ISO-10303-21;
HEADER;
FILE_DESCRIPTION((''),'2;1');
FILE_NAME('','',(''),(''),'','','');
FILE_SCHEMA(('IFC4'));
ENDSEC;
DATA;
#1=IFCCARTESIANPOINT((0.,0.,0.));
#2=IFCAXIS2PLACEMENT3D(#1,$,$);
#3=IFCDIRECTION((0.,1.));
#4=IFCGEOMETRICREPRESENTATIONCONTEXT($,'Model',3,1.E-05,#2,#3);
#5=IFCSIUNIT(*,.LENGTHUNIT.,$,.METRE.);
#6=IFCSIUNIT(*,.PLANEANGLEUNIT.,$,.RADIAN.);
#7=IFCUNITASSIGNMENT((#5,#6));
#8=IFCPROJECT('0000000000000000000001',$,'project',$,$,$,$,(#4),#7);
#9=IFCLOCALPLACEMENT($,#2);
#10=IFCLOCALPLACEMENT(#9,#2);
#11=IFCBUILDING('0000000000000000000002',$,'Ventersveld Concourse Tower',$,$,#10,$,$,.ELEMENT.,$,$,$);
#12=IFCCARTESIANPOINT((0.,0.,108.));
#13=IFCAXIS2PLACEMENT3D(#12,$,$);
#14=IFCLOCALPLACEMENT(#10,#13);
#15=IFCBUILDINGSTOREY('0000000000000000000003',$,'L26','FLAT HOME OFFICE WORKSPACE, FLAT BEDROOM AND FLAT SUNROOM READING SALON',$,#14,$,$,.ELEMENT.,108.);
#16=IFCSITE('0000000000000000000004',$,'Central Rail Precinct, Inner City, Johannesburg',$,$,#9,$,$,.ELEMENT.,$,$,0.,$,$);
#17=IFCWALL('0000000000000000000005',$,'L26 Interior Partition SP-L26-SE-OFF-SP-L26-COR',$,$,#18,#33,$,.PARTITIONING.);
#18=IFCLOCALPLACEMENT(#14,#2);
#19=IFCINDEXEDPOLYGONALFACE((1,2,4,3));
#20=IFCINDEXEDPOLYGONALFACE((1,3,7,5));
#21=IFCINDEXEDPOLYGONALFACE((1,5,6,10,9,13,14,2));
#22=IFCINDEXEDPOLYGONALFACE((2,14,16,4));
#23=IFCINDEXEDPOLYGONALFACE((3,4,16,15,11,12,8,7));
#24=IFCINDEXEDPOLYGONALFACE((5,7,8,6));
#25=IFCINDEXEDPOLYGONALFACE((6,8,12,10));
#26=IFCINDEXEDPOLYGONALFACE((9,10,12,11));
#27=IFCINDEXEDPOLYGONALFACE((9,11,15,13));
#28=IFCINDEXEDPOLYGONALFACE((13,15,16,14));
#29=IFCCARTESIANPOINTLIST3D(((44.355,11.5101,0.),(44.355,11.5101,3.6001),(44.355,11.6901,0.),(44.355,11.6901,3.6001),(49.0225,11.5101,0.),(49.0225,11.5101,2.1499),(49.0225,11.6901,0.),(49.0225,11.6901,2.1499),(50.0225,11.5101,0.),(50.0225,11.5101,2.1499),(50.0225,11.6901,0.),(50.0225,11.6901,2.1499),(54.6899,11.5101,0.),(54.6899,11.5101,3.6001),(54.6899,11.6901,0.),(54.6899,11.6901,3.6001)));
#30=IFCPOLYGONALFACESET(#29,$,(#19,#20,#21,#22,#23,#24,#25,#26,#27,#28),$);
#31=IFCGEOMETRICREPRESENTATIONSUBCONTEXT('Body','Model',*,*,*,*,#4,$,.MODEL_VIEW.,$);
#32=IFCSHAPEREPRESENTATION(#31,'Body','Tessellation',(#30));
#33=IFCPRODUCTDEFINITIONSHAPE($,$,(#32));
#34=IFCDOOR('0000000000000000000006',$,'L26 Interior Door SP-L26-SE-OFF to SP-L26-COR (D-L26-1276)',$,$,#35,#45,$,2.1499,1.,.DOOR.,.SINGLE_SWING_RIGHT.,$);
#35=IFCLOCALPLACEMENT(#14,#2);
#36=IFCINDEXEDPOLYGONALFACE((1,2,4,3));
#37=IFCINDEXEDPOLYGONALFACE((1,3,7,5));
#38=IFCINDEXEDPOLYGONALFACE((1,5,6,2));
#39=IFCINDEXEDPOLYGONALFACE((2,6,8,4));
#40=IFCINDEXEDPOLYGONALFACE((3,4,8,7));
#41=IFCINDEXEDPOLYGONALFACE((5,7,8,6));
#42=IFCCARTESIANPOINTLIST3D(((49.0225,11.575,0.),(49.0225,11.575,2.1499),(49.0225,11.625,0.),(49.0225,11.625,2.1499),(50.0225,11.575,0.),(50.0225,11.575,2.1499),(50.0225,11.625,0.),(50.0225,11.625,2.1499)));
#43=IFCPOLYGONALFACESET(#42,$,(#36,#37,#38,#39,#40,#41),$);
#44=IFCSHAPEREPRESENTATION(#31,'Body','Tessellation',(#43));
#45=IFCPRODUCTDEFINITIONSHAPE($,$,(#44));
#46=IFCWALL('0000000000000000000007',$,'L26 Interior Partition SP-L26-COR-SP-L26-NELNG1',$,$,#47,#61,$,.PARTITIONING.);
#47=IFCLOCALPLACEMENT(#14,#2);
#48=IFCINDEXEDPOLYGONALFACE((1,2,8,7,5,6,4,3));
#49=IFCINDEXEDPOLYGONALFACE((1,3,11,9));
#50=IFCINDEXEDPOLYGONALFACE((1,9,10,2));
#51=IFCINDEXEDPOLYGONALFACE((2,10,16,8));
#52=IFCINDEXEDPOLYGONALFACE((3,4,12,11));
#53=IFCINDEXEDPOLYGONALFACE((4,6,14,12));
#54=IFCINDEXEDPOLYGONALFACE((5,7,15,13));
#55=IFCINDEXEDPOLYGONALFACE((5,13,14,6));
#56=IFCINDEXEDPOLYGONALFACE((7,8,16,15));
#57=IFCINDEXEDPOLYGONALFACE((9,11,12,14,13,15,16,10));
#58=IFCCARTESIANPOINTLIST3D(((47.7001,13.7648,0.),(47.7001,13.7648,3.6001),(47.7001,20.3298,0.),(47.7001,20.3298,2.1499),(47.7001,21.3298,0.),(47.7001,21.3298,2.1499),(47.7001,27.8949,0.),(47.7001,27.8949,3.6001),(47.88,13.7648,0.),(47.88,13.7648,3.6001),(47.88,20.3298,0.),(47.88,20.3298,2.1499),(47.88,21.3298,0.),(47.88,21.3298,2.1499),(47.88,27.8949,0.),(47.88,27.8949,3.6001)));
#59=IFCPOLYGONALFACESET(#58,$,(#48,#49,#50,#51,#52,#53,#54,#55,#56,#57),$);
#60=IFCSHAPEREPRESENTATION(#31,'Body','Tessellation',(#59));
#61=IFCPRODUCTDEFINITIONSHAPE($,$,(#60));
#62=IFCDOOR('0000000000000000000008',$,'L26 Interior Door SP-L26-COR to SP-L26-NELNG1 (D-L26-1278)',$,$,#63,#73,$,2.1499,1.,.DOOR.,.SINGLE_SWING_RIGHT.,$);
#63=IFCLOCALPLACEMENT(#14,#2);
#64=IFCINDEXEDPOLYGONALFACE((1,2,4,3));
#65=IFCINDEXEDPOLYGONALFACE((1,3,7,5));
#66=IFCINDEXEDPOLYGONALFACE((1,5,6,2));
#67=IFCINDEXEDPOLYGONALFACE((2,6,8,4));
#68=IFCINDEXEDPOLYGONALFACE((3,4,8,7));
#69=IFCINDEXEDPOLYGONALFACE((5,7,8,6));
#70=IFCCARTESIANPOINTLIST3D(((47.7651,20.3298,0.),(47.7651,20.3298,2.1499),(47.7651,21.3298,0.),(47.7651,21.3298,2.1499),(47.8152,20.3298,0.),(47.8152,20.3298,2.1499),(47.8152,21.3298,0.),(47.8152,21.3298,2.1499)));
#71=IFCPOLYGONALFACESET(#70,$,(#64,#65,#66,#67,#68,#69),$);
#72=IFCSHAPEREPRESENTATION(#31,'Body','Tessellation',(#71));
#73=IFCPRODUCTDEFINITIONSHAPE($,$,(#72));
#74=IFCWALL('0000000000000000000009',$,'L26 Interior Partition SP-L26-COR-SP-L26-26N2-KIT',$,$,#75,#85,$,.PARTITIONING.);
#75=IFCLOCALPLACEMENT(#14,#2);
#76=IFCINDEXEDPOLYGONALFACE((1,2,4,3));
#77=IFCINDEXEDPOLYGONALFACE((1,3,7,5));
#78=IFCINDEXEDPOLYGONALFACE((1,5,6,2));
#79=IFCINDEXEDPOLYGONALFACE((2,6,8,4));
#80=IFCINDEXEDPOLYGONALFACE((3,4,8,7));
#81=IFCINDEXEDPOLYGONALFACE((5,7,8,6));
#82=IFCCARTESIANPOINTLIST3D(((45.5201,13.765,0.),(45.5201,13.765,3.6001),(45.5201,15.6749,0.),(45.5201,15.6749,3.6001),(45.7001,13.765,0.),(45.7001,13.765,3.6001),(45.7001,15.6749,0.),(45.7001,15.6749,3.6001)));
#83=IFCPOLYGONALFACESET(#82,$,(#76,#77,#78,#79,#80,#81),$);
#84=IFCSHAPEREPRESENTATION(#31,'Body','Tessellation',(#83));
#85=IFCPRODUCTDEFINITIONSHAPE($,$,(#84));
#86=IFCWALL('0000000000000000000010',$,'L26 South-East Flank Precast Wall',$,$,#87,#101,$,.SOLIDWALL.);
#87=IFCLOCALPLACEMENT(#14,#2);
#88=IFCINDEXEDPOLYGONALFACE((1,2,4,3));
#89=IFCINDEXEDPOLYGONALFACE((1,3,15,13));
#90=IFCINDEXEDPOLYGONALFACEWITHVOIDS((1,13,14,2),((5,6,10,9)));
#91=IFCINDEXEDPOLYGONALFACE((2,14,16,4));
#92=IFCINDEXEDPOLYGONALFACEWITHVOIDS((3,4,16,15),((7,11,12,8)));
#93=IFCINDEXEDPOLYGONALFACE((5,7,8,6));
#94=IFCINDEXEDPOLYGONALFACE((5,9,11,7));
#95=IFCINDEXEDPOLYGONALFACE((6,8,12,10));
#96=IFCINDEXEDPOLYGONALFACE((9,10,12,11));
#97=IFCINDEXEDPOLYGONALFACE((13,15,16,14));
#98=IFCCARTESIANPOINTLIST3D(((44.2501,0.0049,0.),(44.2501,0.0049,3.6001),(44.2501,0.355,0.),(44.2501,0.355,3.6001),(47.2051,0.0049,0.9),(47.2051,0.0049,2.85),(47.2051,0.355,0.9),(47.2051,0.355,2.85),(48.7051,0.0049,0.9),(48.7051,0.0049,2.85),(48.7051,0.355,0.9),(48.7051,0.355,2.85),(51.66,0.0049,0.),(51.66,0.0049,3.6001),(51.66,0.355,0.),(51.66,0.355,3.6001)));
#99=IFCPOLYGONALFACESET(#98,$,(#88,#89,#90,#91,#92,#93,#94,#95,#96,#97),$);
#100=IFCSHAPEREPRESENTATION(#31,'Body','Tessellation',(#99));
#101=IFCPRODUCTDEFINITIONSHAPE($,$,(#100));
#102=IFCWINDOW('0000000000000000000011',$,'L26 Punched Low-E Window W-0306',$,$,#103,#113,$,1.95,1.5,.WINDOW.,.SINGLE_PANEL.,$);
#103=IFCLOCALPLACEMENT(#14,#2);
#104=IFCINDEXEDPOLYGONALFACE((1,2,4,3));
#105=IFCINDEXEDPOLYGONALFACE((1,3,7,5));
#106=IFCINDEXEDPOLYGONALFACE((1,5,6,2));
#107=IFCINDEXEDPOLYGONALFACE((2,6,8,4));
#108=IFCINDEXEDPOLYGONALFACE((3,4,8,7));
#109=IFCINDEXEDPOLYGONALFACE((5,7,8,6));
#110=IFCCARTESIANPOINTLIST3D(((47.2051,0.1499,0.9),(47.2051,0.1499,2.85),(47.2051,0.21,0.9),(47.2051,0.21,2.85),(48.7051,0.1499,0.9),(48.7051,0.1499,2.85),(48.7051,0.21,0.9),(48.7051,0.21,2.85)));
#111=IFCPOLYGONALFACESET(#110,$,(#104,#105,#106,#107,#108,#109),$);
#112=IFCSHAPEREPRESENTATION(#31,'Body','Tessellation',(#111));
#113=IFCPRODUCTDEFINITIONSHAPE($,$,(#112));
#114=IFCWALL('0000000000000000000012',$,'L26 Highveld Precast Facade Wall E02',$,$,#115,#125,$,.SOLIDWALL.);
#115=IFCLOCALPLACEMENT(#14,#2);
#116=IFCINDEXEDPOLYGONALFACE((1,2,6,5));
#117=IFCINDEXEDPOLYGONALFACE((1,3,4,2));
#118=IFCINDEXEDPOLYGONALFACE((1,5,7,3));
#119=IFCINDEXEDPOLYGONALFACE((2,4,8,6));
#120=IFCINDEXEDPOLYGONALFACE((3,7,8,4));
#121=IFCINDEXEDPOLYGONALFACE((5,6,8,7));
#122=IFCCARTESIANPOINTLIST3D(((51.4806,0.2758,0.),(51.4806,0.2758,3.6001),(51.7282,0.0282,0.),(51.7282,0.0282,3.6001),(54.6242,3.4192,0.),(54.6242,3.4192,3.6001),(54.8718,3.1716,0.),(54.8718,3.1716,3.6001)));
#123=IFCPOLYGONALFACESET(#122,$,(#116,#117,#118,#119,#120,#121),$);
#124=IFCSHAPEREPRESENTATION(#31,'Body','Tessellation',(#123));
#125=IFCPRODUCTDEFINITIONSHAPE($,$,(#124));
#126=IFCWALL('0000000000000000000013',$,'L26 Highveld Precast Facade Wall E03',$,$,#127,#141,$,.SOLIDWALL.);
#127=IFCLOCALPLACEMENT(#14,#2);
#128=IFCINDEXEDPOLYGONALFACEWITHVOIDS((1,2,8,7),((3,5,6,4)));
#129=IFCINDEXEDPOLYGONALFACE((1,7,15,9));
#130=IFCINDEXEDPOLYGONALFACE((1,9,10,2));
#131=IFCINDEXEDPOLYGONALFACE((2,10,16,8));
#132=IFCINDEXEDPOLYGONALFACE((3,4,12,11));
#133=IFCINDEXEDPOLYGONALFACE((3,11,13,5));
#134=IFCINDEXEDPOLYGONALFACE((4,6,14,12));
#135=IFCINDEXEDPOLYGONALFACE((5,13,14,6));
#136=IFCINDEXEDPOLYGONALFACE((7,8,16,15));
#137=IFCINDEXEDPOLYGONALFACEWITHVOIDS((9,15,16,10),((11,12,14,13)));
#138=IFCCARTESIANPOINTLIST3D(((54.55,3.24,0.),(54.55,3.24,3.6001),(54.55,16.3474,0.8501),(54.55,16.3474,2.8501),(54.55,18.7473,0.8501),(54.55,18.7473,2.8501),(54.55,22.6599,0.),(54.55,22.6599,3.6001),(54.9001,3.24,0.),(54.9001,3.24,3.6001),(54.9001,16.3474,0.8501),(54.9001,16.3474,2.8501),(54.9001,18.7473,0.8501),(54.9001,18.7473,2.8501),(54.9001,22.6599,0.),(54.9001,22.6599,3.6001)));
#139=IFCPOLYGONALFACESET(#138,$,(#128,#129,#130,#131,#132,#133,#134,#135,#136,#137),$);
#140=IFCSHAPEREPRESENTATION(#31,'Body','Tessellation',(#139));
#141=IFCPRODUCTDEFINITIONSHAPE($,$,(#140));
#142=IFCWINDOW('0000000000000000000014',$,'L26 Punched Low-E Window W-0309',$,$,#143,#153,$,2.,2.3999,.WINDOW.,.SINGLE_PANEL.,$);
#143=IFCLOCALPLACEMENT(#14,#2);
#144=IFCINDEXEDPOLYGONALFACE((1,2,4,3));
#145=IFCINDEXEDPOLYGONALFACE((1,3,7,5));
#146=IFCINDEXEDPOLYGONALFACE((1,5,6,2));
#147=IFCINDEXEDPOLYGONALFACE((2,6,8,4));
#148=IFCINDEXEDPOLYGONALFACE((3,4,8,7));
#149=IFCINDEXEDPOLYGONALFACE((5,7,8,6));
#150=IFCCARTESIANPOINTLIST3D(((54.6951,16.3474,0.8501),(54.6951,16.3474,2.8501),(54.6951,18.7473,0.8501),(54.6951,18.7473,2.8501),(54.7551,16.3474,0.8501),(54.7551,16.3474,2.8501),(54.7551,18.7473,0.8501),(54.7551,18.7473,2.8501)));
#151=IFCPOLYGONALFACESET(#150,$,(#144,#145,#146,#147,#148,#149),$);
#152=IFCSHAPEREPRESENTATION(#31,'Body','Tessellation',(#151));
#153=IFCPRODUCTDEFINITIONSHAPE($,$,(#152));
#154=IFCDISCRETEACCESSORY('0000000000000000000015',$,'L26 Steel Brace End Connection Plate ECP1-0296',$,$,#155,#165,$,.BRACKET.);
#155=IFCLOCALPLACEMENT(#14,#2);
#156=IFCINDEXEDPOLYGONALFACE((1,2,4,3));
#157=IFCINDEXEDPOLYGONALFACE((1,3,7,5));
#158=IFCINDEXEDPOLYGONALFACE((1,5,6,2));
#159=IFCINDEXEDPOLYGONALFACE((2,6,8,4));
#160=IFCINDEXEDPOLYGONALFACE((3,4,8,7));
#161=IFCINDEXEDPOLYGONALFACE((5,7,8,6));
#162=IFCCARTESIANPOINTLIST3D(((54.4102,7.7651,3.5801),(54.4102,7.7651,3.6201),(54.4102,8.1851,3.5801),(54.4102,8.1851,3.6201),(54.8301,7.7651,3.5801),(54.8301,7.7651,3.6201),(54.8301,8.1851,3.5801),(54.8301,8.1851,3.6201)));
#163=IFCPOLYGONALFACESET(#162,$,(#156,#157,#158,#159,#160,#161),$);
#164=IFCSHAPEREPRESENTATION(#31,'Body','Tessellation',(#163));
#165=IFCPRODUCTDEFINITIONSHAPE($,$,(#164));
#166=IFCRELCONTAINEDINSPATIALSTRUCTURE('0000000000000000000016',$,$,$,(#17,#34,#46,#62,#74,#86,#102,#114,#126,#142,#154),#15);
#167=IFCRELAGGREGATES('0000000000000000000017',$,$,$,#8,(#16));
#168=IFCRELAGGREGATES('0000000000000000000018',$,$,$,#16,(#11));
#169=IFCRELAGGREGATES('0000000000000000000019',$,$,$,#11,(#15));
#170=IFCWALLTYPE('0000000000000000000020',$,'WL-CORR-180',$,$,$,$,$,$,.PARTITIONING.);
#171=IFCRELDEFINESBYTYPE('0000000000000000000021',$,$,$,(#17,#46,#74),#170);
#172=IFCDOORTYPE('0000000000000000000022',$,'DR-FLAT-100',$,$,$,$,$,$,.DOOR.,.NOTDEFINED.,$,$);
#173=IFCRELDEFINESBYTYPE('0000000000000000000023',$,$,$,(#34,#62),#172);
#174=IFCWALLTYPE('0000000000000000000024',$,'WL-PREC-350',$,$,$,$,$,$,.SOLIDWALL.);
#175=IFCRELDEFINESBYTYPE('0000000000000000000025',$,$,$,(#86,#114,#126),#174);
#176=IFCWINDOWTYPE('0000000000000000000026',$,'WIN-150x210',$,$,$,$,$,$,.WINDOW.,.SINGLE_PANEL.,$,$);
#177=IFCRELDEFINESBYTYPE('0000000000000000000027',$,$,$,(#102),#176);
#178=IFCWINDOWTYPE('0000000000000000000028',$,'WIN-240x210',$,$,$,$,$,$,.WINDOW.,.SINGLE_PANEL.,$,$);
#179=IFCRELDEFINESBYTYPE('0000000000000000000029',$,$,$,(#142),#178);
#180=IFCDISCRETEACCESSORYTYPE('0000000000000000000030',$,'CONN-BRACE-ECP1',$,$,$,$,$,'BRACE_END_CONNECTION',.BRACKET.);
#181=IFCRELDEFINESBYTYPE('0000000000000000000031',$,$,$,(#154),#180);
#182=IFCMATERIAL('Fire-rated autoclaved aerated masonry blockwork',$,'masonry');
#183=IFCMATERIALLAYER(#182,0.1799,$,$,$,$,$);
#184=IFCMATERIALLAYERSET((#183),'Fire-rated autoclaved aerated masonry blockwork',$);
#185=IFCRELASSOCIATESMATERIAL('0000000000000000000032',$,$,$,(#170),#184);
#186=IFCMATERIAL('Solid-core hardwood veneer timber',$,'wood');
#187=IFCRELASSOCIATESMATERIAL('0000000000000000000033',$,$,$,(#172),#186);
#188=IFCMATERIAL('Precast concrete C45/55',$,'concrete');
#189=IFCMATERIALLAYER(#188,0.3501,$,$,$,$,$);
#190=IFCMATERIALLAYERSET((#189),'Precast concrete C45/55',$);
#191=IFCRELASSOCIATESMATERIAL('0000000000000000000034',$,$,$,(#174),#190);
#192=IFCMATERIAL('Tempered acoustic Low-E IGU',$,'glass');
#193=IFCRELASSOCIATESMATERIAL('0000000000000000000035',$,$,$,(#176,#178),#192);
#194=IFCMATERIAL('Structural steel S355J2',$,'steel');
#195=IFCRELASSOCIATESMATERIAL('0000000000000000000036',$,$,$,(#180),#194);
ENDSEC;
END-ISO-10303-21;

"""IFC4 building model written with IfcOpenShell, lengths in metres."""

from ifc_helpers import new_model, si_unit, direction, frame, frame_2d, origin, origin_2d, place, context, subcontext, project, spatial, rectangle, extrude, material, layer, layer_set, type_object, element, fill, save


model = new_model("IFC4")

# Units and contexts
model_context = context("Model", 3, precision=1e-05, world=origin(), true_north=direction((0.0, 1.0)))
body_context = subcontext(model_context, "Body", "Model", "MODEL_VIEW")
ifc_project = project(units=[si_unit("LENGTHUNIT", "METRE"), si_unit("PLANEANGLEUNIT", "RADIAN")], contexts=[model_context])

# Site, building, storey
site_placement = place(None, origin())
site = spatial("IfcSite", under=ifc_project, at=site_placement, Name="Central Rail Precinct, Inner City, Johannesburg", CompositionType="ELEMENT", RefElevation=0.0)
building_placement = place(site_placement, origin())
building = spatial("IfcBuilding", under=site, at=building_placement, Name="Ventersveld Concourse Tower", CompositionType="ELEMENT")
storey_placement = place(building_placement, frame((0.0, 0.0, 108.0)))
storey = spatial("IfcBuildingStorey", under=building, at=storey_placement, Name="L26", Description="FLAT HOME OFFICE WORKSPACE, FLAT BEDROOM AND FLAT SUNROOM READING SALON", CompositionType="ELEMENT", Elevation=108.0)

# Shared definitions
ifc_material_1 = material(Name="Structural steel S355J2", Category="steel")

# Walls, openings, doors
ifc_material_2 = material(Name="Fire-rated autoclaved aerated masonry blockwork", Category="masonry")
ifc_layer_1 = layer(ifc_material_2, 0.1799)
ifc_layer_set_1 = layer_set([ifc_layer_1], Name="Fire-rated autoclaved aerated masonry blockwork")
wall_type_1 = type_object("IfcWallType", Name="WL-CORR-180", PredefinedType="PARTITIONING", material=ifc_layer_set_1)
wall_1_placement = place(storey_placement, frame((44.355, 11.6001, 0.0), z_axis=(0.0, 0.0, 1.0), x_axis=(1.0, 0.0, 0.0)))
wall_1 = element("IfcWall", 1, at=wall_1_placement, inside=storey, type_object=wall_type_1, Name="L26 Interior Partition SP-L26-SE-OFF-SP-L26-COR", PredefinedType="PARTITIONING", context=body_context, shape_type="SweptSolid", body=[
    extrude(rectangle(XDim=10.335, YDim=0.1799, at=frame_2d((5.1675, 0.0))), origin(), (0.0, 0.0, 1.0), 3.6001),
])
opening_1_placement = place(wall_1_placement, frame((4.6675, 0.0, 0.0)))
opening_1 = element("IfcOpeningElement", 2, at=opening_1_placement, cuts=wall_1, PredefinedType="OPENING", context=body_context, shape_type="SweptSolid", body=[
    extrude(rectangle(XDim=1.0, YDim=2.1499, at=frame_2d((0.5, 1.075))), frame((0.0, 0.1001, 0.0), z_axis=(0.0, -1.0, 0.0), x_axis=(1.0, 0.0, 0.0)), (0.0, 0.0, 1.0), 0.2),
])
ifc_material_3 = material(Name="Solid-core hardwood veneer timber", Category="wood")
door_type = type_object("IfcDoorType", Name="DR-FLAT-100", OperationType="NOTDEFINED", PredefinedType="DOOR", material=ifc_material_3)
door_1_placement = place(opening_1_placement, origin())
door_1 = element("IfcDoor", 3, at=door_1_placement, inside=storey, type_object=door_type, Name="L26 Interior Door SP-L26-SE-OFF to SP-L26-COR (D-L26-1276)", OperationType="SINGLE_SWING_RIGHT", OverallHeight=2.1499, OverallWidth=1.0, PredefinedType="DOOR", context=body_context, shape_type="SweptSolid", body=[
    extrude(rectangle(XDim=1.0, YDim=2.1499, at=frame_2d((0.5, 1.075))), frame((0.0, 0.0249, 0.0), z_axis=(0.0, -1.0, 0.0), x_axis=(1.0, 0.0, 0.0)), (0.0, 0.0, 1.0), 0.05),
])
fill(opening_1, door_1)
wall_2_placement = place(storey_placement, frame((47.79, 13.7649, 0.0), z_axis=(0.0, 0.0, 1.0), x_axis=(0.0, 1.0, 0.0)))
wall_2 = element("IfcWall", 4, at=wall_2_placement, inside=storey, type_object=wall_type_1, Name="L26 Interior Partition SP-L26-COR-SP-L26-NELNG1", PredefinedType="PARTITIONING", context=body_context, shape_type="SweptSolid", body=[
    extrude(rectangle(XDim=14.1301, YDim=0.1799, at=frame_2d((7.0649, 0.0))), origin(), (0.0, 0.0, 1.0), 3.6001),
])
opening_2_placement = place(wall_2_placement, frame((6.5649, 0.0, 0.0)))
opening_2 = element("IfcOpeningElement", 5, at=opening_2_placement, cuts=wall_2, PredefinedType="OPENING", context=body_context, shape_type="SweptSolid", body=[
    extrude(rectangle(XDim=1.0, YDim=2.1499, at=frame_2d((0.5, 1.075))), frame((0.0, 0.1001, 0.0), z_axis=(0.0, -1.0, 0.0), x_axis=(1.0, 0.0, 0.0)), (0.0, 0.0, 1.0), 0.2),
])
door_2_placement = place(opening_2_placement, origin())
door_2 = element("IfcDoor", 6, at=door_2_placement, inside=storey, type_object=door_type, Name="L26 Interior Door SP-L26-COR to SP-L26-NELNG1 (D-L26-1278)", OperationType="SINGLE_SWING_RIGHT", OverallHeight=2.1499, OverallWidth=1.0, PredefinedType="DOOR", context=body_context, shape_type="SweptSolid", body=[
    extrude(rectangle(XDim=1.0, YDim=2.1499, at=frame_2d((0.5, 1.075))), frame((0.0, 0.0249, 0.0), z_axis=(0.0, -1.0, 0.0), x_axis=(1.0, 0.0, 0.0)), (0.0, 0.0, 1.0), 0.05),
])
fill(opening_2, door_2)

# Wall
wall_3_placement = place(storey_placement, frame((45.6101, 13.7649, 0.0), z_axis=(0.0, 0.0, 1.0), x_axis=(0.0, 1.0, 0.0)))
element("IfcWall", 7, at=wall_3_placement, inside=storey, type_object=wall_type_1, Name="L26 Interior Partition SP-L26-COR-SP-L26-26N2-KIT", PredefinedType="PARTITIONING", context=body_context, shape_type="SweptSolid", body=[
    extrude(rectangle(XDim=1.9099, YDim=0.1799, at=frame_2d((0.9551, 0.0))), origin(), (0.0, 0.0, 1.0), 3.6001),
])

# Wall, opening, window
ifc_material_4 = material(Name="Precast concrete C45/55", Category="concrete")
ifc_layer_2 = layer(ifc_material_4, 0.3501)
ifc_layer_set_2 = layer_set([ifc_layer_2], Name="Precast concrete C45/55")
wall_type_2 = type_object("IfcWallType", Name="WL-PREC-350", PredefinedType="SOLIDWALL", material=ifc_layer_set_2)
wall_4_placement = place(storey_placement, frame((44.25, 0.1799, 0.0), z_axis=(0.0, 0.0, 1.0), x_axis=(1.0, 0.0, 0.0)))
wall_4 = element("IfcWall", 8, at=wall_4_placement, inside=storey, type_object=wall_type_2, Name="L26 South-East Flank Precast Wall", PredefinedType="SOLIDWALL", context=body_context, shape_type="SweptSolid", body=[
    extrude(rectangle(XDim=7.4099, YDim=0.3501, at=frame_2d((3.7051, 0.0))), origin(), (0.0, 0.0, 1.0), 3.6001),
])
opening_3_placement = place(wall_4_placement, frame((2.9551, 0.0, 0.8999)))
opening_3 = element("IfcOpeningElement", 9, at=opening_3_placement, cuts=wall_4, PredefinedType="OPENING", context=body_context, shape_type="SweptSolid", body=[
    extrude(rectangle(XDim=1.5, YDim=1.95, at=frame_2d((0.75, 0.9751))), frame((0.0, 0.1851, 0.0), z_axis=(0.0, -1.0, 0.0), x_axis=(1.0, 0.0, 0.0)), (0.0, 0.0, 1.0), 0.3701),
])
ifc_material_5 = material(Name="Tempered acoustic Low-E IGU", Category="glass")
window_type_1 = type_object("IfcWindowType", Name="WIN-150x210", PartitioningType="SINGLE_PANEL", PredefinedType="WINDOW", material=ifc_material_5)
window_1_placement = place(opening_3_placement, origin())
window_1 = element("IfcWindow", 10, at=window_1_placement, inside=storey, type_object=window_type_1, Name="L26 Punched Low-E Window W-0306", OverallHeight=1.95, OverallWidth=1.5, PartitioningType="SINGLE_PANEL", PredefinedType="WINDOW", context=body_context, shape_type="SweptSolid", body=[
    extrude(rectangle(XDim=1.5, YDim=1.95, at=frame_2d((0.75, 0.9751))), frame((0.0, 0.03, 0.0), z_axis=(0.0, -1.0, 0.0), x_axis=(1.0, 0.0, 0.0)), (0.0, 0.0, 1.0), 0.0601),
])
fill(opening_3, window_1)

# Wall
wall_5_placement = place(storey_placement, frame((51.6045, 0.1521, 0.0), z_axis=(0.0, 0.0, 1.0), x_axis=(0.707134, 0.707079, 0.0)))
element("IfcWall", 11, at=wall_5_placement, inside=storey, type_object=wall_type_2, Name="L26 Highveld Precast Facade Wall E02", PredefinedType="SOLIDWALL", context=body_context, shape_type="SweptSolid", body=[
    extrude(rectangle(XDim=4.4456, YDim=0.3501, at=frame_2d((2.2227, 0.0))), origin(), (0.0, 0.0, 1.0), 3.6001),
])

# Wall, opening, window
wall_6_placement = place(storey_placement, frame((54.7251, 3.24, 0.0), z_axis=(0.0, 0.0, 1.0), x_axis=(0.0, 1.0, 0.0)))
wall_6 = element("IfcWall", 12, at=wall_6_placement, inside=storey, type_object=wall_type_2, Name="L26 Highveld Precast Facade Wall E03", PredefinedType="SOLIDWALL", context=body_context, shape_type="SweptSolid", body=[
    extrude(rectangle(XDim=19.4199, YDim=0.3501, at=frame_2d((9.71, 0.0))), origin(), (0.0, 0.0, 1.0), 3.6001),
])
opening_4_placement = place(wall_6_placement, frame((13.1074, 0.0, 0.8501)))
opening_4 = element("IfcOpeningElement", 13, at=opening_4_placement, cuts=wall_6, PredefinedType="OPENING", context=body_context, shape_type="SweptSolid", body=[
    extrude(rectangle(XDim=2.3999, YDim=2.0, at=frame_2d((1.2, 1.0))), frame((0.0, 0.1851, 0.0), z_axis=(0.0, -1.0, 0.0), x_axis=(1.0, 0.0, 0.0)), (0.0, 0.0, 1.0), 0.3701),
])
window_type_2 = type_object("IfcWindowType", Name="WIN-240x210", PartitioningType="SINGLE_PANEL", PredefinedType="WINDOW", material=ifc_material_5)
window_2_placement = place(opening_4_placement, origin())
window_2 = element("IfcWindow", 14, at=window_2_placement, inside=storey, type_object=window_type_2, Name="L26 Punched Low-E Window W-0309", OverallHeight=2.0, OverallWidth=2.3999, PartitioningType="SINGLE_PANEL", PredefinedType="WINDOW", context=body_context, shape_type="SweptSolid", body=[
    extrude(rectangle(XDim=2.3999, YDim=2.0, at=frame_2d((1.2, 1.0))), frame((0.0, 0.03, 0.0), z_axis=(0.0, -1.0, 0.0), x_axis=(1.0, 0.0, 0.0)), (0.0, 0.0, 1.0), 0.0601),
])
fill(opening_4, window_2)

# Discrete accessory
discrete_accessory_type = type_object("IfcDiscreteAccessoryType", Name="CONN-BRACE-ECP1", ElementType="BRACE_END_CONNECTION", PredefinedType="BRACKET", material=ifc_material_1)
discrete_accessory_placement = place(storey_placement, frame((54.6201, 7.9751, 3.5801), z_axis=(0.0, 0.0, 1.0), x_axis=(1.0, 0.0, 0.0)))
element("IfcDiscreteAccessory", 15, at=discrete_accessory_placement, inside=storey, type_object=discrete_accessory_type, Name="L26 Steel Brace End Connection Plate ECP1-0296", PredefinedType="BRACKET", context=body_context, shape_type="SweptSolid", body=[
    extrude(rectangle(XDim=0.4199, YDim=0.4199, at=origin_2d()), origin(), (0.0, 0.0, 1.0), 0.04),
])

save(model, "model.ifc")
